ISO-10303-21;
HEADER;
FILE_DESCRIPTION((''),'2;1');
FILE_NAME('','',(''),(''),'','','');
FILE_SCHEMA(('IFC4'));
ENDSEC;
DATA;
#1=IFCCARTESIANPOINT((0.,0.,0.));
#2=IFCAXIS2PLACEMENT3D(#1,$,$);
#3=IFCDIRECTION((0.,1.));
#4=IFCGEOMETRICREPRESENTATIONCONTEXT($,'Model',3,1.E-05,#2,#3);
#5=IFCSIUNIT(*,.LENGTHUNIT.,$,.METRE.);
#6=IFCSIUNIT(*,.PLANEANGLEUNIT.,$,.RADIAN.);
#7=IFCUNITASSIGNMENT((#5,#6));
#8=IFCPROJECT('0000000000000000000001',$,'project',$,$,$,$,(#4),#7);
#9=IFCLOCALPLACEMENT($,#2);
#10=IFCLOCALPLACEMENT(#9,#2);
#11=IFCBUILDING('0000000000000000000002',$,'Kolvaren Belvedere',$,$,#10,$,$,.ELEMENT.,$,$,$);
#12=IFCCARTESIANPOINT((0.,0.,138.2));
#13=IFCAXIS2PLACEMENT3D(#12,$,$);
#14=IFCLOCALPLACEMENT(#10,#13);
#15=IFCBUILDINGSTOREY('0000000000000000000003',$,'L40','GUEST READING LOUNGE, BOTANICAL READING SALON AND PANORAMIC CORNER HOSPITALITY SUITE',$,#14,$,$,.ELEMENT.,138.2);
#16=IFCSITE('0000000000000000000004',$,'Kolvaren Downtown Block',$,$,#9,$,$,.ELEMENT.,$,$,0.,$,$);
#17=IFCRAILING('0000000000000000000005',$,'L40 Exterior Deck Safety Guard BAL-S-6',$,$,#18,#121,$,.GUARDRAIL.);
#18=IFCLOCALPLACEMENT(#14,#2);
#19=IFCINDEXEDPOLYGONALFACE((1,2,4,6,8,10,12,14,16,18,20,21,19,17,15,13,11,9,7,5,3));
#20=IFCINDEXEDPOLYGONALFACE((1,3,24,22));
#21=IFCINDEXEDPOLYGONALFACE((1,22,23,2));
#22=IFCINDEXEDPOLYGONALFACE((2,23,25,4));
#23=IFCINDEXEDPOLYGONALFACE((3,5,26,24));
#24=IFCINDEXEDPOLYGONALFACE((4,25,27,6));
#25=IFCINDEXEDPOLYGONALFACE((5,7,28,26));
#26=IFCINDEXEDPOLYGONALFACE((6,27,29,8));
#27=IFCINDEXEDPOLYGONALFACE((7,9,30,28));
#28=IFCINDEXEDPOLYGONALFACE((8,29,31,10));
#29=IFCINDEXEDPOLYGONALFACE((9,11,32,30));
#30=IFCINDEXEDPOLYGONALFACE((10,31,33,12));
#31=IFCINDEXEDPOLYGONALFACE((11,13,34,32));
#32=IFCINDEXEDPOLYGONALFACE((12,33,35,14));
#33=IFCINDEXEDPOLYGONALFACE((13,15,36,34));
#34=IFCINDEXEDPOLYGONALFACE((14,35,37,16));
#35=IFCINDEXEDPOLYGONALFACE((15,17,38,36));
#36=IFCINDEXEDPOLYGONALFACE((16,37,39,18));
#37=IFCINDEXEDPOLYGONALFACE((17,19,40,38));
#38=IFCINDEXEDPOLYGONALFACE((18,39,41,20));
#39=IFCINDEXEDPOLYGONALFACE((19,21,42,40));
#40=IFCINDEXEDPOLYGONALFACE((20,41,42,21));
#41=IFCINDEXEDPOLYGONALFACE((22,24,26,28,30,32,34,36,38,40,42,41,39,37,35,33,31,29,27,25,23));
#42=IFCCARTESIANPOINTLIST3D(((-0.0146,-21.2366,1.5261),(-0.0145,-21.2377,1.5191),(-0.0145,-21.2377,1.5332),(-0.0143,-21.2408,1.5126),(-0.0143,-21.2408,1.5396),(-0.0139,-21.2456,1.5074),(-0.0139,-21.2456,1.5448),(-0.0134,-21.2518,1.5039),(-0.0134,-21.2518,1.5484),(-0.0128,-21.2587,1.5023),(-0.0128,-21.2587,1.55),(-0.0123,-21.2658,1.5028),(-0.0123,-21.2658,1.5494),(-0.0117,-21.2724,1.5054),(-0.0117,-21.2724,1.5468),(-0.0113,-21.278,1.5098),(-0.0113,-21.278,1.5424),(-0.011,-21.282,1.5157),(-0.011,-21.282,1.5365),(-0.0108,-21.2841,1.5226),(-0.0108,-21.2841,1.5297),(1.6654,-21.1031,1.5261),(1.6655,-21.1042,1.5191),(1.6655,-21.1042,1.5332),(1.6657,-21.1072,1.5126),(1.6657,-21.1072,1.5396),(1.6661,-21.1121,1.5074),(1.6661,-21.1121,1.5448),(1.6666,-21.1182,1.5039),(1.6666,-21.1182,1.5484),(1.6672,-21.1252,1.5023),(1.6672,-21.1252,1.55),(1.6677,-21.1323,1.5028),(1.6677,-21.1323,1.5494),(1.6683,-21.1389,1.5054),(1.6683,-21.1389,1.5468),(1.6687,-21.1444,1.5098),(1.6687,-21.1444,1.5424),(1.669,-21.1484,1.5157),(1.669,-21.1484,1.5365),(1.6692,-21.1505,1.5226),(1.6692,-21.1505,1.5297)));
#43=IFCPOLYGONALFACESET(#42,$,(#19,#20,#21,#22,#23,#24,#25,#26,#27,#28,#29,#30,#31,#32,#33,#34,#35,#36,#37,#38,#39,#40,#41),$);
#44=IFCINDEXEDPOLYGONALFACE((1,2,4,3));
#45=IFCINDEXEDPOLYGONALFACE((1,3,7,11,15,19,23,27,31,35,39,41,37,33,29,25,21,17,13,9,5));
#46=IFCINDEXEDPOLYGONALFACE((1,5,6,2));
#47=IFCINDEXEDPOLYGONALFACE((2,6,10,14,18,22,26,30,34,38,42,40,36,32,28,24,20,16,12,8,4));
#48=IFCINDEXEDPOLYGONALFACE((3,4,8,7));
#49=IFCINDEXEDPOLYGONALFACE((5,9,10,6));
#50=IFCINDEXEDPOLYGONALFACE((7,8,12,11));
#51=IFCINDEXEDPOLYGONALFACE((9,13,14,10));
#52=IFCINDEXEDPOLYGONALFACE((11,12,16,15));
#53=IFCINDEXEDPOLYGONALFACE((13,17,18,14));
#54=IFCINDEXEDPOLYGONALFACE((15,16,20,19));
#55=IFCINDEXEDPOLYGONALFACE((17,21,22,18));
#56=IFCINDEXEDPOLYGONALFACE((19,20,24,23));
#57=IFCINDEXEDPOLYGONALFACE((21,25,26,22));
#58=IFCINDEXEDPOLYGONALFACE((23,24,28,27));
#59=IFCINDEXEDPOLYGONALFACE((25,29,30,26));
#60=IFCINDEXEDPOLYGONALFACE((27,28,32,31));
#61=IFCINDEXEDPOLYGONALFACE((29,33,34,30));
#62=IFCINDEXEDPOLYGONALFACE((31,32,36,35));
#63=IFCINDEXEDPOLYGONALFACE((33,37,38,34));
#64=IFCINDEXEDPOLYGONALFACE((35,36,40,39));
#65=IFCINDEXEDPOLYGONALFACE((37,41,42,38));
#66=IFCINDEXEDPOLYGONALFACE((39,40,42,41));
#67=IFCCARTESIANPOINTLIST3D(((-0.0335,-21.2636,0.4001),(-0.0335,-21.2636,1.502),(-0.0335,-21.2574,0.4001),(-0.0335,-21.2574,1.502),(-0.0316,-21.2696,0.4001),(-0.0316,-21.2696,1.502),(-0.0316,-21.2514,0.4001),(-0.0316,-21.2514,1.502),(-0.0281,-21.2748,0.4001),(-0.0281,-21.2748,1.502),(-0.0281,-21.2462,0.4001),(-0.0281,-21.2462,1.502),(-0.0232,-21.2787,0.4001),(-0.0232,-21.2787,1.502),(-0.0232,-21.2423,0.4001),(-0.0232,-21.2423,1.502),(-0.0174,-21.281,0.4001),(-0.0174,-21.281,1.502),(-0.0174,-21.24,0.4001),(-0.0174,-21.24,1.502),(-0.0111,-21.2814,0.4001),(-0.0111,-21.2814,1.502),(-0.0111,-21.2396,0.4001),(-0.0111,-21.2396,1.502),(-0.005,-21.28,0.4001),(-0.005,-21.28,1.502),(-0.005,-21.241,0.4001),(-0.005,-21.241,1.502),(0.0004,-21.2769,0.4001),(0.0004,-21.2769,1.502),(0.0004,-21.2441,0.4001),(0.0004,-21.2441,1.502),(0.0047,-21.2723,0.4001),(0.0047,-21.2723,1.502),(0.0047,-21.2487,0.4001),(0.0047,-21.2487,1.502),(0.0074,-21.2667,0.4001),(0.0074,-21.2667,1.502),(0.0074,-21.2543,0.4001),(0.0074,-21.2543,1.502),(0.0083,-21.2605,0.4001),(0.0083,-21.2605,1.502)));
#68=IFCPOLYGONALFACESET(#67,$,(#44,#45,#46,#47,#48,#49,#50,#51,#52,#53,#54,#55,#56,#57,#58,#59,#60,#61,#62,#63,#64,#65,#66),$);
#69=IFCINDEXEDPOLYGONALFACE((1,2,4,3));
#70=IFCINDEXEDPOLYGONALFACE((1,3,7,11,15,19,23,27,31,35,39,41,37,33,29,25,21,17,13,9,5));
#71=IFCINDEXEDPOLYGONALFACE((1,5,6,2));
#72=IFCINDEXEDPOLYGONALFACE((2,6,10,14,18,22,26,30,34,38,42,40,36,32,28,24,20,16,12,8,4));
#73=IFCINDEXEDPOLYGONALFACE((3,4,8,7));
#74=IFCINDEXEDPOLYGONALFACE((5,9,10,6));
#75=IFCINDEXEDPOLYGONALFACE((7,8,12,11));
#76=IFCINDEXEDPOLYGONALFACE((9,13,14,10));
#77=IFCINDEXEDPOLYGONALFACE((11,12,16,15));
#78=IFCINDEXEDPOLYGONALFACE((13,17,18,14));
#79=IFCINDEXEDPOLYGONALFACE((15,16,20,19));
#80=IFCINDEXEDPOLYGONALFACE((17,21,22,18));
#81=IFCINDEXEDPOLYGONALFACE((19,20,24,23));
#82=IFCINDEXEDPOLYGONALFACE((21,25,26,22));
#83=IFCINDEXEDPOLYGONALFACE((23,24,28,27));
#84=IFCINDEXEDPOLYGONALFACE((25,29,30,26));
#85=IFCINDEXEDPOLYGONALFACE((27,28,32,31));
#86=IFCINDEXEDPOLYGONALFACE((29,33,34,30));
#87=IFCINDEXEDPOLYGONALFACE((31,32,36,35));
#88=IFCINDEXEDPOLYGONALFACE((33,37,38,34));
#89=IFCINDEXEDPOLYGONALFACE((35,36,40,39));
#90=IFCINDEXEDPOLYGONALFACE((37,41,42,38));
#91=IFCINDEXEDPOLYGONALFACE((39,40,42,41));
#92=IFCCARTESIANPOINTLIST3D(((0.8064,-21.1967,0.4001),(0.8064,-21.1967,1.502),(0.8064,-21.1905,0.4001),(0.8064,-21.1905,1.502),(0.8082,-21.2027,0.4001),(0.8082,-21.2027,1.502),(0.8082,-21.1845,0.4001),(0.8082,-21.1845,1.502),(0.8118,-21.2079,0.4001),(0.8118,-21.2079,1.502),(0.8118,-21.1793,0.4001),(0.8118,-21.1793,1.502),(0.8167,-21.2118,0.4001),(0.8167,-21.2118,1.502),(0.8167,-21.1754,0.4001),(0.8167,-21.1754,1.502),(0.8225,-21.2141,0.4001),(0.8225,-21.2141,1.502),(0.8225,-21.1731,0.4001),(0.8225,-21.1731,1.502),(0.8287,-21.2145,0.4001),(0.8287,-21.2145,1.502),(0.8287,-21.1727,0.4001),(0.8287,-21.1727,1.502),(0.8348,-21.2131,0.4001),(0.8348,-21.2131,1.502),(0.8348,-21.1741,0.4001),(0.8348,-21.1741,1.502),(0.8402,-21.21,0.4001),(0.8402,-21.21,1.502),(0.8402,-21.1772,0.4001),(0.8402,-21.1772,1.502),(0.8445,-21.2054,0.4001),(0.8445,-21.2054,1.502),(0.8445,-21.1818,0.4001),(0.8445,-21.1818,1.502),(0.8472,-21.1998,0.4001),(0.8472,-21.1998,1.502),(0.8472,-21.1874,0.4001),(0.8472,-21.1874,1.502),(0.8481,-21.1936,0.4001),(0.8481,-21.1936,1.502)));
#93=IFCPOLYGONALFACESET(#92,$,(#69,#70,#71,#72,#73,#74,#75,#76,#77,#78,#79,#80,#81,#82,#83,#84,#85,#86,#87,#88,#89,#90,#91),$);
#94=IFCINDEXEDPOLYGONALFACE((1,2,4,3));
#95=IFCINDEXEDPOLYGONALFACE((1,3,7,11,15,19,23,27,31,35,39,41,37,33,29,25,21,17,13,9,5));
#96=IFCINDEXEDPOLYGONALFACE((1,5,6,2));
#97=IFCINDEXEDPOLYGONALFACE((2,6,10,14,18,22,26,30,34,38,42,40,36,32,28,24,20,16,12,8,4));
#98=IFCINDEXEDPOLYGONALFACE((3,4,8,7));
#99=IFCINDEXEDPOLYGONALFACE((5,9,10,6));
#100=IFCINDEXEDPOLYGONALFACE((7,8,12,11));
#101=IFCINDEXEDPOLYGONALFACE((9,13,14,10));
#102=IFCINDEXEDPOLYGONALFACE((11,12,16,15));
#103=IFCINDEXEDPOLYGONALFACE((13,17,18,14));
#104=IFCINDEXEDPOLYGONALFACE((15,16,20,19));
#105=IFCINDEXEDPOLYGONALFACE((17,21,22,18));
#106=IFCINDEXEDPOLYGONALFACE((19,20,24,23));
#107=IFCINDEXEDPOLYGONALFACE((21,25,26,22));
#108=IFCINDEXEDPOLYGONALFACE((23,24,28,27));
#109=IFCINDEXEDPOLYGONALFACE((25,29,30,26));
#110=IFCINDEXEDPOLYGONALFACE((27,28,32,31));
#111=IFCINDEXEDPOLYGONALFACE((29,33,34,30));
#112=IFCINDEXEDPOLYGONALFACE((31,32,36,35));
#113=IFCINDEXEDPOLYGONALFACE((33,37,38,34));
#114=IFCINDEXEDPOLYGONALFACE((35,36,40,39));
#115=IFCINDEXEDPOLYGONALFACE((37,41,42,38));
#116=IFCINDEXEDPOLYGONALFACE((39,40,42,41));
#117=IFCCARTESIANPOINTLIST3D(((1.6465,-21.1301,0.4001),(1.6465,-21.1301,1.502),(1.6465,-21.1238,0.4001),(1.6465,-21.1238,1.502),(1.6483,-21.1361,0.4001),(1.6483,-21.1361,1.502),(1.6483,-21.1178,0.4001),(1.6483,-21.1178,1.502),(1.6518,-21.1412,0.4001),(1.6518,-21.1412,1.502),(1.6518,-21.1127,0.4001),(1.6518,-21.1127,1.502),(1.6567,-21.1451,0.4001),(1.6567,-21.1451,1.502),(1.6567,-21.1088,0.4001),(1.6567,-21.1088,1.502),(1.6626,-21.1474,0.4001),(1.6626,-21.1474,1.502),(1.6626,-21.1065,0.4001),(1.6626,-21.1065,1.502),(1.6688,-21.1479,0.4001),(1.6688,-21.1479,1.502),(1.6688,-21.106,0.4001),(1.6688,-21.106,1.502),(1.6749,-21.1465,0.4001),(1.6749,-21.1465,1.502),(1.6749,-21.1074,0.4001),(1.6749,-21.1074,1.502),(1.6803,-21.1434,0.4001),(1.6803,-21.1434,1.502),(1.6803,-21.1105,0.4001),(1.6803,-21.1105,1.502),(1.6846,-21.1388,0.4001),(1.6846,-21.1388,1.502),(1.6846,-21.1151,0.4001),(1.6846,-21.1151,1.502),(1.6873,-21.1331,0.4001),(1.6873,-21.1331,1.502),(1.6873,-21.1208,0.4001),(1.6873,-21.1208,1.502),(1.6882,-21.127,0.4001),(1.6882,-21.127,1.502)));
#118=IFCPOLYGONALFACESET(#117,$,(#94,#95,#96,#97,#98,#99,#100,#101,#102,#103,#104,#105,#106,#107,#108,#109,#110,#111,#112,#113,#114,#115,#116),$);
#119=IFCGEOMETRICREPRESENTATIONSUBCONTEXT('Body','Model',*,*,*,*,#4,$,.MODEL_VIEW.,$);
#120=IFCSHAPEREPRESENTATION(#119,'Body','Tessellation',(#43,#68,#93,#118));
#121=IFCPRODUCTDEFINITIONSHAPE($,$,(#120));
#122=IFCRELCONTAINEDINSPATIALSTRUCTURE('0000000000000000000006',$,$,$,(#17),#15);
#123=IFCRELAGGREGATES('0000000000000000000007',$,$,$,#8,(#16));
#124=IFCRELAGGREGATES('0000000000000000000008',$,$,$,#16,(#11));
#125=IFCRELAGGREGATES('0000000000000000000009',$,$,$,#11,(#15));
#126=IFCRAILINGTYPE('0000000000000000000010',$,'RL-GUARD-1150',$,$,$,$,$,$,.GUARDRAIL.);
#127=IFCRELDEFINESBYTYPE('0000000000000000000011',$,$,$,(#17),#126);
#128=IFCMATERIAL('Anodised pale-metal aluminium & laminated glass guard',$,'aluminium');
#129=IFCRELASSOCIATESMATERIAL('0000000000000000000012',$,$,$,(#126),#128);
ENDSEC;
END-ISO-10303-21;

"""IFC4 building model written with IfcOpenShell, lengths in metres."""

from ifc_helpers import new_model, si_unit, direction, frame, origin, origin_2d, place, context, subcontext, project, spatial, circle, extrude, material, type_object, element, save


model = new_model("IFC4")

# Units and contexts
model_context = context("Model", 3, precision=1e-05, world=origin(), true_north=direction((0.0, 1.0)))
body_context = subcontext(model_context, "Body", "Model", "MODEL_VIEW")
ifc_project = project(units=[si_unit("LENGTHUNIT", "METRE"), si_unit("PLANEANGLEUNIT", "RADIAN")], contexts=[model_context])

# Site, building, storey
site_placement = place(None, origin())
site = spatial("IfcSite", under=ifc_project, at=site_placement, Name="Kolvaren Downtown Block", CompositionType="ELEMENT", RefElevation=0.0)
building_placement = place(site_placement, origin())
building = spatial("IfcBuilding", under=site, at=building_placement, Name="Kolvaren Belvedere", CompositionType="ELEMENT")
storey_placement = place(building_placement, frame((0.0, 0.0, 138.2)))
storey = spatial("IfcBuildingStorey", under=building, at=storey_placement, Name="L40", Description="GUEST READING LOUNGE, BOTANICAL READING SALON AND PANORAMIC CORNER HOSPITALITY SUITE", CompositionType="ELEMENT", Elevation=138.2)

# Railing
ifc_material_1 = material(Name="Anodised pale-metal aluminium & laminated glass guard", Category="aluminium")
railing_type = type_object("IfcRailingType", Name="RL-GUARD-1150", PredefinedType="GUARDRAIL", material=ifc_material_1)
railing_1_placement = place(storey_placement, frame((-0.0127, -21.2605, 0.4001)))
element("IfcRailing", 1, at=railing_1_placement, inside=storey, type_object=railing_type, Name="L40 Exterior Deck Safety Guard BAL-S-6", PredefinedType="GUARDRAIL", context=body_context, shape_type="SweptSolid", body=[
    extrude(circle(Radius=0.0239, at=origin_2d()), frame((0.0, 0.0, 1.126), z_axis=(0.996855, 0.079244, 0.0), x_axis=(-0.079244, 0.996855, 0.0)), (0.0, 0.0, 1.0), 1.6853),
    extrude(circle(Radius=0.021, at=origin_2d()), origin(), (0.0, 0.0, 1.0), 1.1018),
    extrude(circle(Radius=0.021, at=origin_2d()), frame((0.8398, 0.0669, 0.0)), (0.0, 0.0, 1.0), 1.1018),
    extrude(circle(Radius=0.021, at=origin_2d()), frame((1.6799, 0.1335, 0.0)), (0.0, 0.0, 1.0), 1.1018),
])

save(model, "model.ifc")
